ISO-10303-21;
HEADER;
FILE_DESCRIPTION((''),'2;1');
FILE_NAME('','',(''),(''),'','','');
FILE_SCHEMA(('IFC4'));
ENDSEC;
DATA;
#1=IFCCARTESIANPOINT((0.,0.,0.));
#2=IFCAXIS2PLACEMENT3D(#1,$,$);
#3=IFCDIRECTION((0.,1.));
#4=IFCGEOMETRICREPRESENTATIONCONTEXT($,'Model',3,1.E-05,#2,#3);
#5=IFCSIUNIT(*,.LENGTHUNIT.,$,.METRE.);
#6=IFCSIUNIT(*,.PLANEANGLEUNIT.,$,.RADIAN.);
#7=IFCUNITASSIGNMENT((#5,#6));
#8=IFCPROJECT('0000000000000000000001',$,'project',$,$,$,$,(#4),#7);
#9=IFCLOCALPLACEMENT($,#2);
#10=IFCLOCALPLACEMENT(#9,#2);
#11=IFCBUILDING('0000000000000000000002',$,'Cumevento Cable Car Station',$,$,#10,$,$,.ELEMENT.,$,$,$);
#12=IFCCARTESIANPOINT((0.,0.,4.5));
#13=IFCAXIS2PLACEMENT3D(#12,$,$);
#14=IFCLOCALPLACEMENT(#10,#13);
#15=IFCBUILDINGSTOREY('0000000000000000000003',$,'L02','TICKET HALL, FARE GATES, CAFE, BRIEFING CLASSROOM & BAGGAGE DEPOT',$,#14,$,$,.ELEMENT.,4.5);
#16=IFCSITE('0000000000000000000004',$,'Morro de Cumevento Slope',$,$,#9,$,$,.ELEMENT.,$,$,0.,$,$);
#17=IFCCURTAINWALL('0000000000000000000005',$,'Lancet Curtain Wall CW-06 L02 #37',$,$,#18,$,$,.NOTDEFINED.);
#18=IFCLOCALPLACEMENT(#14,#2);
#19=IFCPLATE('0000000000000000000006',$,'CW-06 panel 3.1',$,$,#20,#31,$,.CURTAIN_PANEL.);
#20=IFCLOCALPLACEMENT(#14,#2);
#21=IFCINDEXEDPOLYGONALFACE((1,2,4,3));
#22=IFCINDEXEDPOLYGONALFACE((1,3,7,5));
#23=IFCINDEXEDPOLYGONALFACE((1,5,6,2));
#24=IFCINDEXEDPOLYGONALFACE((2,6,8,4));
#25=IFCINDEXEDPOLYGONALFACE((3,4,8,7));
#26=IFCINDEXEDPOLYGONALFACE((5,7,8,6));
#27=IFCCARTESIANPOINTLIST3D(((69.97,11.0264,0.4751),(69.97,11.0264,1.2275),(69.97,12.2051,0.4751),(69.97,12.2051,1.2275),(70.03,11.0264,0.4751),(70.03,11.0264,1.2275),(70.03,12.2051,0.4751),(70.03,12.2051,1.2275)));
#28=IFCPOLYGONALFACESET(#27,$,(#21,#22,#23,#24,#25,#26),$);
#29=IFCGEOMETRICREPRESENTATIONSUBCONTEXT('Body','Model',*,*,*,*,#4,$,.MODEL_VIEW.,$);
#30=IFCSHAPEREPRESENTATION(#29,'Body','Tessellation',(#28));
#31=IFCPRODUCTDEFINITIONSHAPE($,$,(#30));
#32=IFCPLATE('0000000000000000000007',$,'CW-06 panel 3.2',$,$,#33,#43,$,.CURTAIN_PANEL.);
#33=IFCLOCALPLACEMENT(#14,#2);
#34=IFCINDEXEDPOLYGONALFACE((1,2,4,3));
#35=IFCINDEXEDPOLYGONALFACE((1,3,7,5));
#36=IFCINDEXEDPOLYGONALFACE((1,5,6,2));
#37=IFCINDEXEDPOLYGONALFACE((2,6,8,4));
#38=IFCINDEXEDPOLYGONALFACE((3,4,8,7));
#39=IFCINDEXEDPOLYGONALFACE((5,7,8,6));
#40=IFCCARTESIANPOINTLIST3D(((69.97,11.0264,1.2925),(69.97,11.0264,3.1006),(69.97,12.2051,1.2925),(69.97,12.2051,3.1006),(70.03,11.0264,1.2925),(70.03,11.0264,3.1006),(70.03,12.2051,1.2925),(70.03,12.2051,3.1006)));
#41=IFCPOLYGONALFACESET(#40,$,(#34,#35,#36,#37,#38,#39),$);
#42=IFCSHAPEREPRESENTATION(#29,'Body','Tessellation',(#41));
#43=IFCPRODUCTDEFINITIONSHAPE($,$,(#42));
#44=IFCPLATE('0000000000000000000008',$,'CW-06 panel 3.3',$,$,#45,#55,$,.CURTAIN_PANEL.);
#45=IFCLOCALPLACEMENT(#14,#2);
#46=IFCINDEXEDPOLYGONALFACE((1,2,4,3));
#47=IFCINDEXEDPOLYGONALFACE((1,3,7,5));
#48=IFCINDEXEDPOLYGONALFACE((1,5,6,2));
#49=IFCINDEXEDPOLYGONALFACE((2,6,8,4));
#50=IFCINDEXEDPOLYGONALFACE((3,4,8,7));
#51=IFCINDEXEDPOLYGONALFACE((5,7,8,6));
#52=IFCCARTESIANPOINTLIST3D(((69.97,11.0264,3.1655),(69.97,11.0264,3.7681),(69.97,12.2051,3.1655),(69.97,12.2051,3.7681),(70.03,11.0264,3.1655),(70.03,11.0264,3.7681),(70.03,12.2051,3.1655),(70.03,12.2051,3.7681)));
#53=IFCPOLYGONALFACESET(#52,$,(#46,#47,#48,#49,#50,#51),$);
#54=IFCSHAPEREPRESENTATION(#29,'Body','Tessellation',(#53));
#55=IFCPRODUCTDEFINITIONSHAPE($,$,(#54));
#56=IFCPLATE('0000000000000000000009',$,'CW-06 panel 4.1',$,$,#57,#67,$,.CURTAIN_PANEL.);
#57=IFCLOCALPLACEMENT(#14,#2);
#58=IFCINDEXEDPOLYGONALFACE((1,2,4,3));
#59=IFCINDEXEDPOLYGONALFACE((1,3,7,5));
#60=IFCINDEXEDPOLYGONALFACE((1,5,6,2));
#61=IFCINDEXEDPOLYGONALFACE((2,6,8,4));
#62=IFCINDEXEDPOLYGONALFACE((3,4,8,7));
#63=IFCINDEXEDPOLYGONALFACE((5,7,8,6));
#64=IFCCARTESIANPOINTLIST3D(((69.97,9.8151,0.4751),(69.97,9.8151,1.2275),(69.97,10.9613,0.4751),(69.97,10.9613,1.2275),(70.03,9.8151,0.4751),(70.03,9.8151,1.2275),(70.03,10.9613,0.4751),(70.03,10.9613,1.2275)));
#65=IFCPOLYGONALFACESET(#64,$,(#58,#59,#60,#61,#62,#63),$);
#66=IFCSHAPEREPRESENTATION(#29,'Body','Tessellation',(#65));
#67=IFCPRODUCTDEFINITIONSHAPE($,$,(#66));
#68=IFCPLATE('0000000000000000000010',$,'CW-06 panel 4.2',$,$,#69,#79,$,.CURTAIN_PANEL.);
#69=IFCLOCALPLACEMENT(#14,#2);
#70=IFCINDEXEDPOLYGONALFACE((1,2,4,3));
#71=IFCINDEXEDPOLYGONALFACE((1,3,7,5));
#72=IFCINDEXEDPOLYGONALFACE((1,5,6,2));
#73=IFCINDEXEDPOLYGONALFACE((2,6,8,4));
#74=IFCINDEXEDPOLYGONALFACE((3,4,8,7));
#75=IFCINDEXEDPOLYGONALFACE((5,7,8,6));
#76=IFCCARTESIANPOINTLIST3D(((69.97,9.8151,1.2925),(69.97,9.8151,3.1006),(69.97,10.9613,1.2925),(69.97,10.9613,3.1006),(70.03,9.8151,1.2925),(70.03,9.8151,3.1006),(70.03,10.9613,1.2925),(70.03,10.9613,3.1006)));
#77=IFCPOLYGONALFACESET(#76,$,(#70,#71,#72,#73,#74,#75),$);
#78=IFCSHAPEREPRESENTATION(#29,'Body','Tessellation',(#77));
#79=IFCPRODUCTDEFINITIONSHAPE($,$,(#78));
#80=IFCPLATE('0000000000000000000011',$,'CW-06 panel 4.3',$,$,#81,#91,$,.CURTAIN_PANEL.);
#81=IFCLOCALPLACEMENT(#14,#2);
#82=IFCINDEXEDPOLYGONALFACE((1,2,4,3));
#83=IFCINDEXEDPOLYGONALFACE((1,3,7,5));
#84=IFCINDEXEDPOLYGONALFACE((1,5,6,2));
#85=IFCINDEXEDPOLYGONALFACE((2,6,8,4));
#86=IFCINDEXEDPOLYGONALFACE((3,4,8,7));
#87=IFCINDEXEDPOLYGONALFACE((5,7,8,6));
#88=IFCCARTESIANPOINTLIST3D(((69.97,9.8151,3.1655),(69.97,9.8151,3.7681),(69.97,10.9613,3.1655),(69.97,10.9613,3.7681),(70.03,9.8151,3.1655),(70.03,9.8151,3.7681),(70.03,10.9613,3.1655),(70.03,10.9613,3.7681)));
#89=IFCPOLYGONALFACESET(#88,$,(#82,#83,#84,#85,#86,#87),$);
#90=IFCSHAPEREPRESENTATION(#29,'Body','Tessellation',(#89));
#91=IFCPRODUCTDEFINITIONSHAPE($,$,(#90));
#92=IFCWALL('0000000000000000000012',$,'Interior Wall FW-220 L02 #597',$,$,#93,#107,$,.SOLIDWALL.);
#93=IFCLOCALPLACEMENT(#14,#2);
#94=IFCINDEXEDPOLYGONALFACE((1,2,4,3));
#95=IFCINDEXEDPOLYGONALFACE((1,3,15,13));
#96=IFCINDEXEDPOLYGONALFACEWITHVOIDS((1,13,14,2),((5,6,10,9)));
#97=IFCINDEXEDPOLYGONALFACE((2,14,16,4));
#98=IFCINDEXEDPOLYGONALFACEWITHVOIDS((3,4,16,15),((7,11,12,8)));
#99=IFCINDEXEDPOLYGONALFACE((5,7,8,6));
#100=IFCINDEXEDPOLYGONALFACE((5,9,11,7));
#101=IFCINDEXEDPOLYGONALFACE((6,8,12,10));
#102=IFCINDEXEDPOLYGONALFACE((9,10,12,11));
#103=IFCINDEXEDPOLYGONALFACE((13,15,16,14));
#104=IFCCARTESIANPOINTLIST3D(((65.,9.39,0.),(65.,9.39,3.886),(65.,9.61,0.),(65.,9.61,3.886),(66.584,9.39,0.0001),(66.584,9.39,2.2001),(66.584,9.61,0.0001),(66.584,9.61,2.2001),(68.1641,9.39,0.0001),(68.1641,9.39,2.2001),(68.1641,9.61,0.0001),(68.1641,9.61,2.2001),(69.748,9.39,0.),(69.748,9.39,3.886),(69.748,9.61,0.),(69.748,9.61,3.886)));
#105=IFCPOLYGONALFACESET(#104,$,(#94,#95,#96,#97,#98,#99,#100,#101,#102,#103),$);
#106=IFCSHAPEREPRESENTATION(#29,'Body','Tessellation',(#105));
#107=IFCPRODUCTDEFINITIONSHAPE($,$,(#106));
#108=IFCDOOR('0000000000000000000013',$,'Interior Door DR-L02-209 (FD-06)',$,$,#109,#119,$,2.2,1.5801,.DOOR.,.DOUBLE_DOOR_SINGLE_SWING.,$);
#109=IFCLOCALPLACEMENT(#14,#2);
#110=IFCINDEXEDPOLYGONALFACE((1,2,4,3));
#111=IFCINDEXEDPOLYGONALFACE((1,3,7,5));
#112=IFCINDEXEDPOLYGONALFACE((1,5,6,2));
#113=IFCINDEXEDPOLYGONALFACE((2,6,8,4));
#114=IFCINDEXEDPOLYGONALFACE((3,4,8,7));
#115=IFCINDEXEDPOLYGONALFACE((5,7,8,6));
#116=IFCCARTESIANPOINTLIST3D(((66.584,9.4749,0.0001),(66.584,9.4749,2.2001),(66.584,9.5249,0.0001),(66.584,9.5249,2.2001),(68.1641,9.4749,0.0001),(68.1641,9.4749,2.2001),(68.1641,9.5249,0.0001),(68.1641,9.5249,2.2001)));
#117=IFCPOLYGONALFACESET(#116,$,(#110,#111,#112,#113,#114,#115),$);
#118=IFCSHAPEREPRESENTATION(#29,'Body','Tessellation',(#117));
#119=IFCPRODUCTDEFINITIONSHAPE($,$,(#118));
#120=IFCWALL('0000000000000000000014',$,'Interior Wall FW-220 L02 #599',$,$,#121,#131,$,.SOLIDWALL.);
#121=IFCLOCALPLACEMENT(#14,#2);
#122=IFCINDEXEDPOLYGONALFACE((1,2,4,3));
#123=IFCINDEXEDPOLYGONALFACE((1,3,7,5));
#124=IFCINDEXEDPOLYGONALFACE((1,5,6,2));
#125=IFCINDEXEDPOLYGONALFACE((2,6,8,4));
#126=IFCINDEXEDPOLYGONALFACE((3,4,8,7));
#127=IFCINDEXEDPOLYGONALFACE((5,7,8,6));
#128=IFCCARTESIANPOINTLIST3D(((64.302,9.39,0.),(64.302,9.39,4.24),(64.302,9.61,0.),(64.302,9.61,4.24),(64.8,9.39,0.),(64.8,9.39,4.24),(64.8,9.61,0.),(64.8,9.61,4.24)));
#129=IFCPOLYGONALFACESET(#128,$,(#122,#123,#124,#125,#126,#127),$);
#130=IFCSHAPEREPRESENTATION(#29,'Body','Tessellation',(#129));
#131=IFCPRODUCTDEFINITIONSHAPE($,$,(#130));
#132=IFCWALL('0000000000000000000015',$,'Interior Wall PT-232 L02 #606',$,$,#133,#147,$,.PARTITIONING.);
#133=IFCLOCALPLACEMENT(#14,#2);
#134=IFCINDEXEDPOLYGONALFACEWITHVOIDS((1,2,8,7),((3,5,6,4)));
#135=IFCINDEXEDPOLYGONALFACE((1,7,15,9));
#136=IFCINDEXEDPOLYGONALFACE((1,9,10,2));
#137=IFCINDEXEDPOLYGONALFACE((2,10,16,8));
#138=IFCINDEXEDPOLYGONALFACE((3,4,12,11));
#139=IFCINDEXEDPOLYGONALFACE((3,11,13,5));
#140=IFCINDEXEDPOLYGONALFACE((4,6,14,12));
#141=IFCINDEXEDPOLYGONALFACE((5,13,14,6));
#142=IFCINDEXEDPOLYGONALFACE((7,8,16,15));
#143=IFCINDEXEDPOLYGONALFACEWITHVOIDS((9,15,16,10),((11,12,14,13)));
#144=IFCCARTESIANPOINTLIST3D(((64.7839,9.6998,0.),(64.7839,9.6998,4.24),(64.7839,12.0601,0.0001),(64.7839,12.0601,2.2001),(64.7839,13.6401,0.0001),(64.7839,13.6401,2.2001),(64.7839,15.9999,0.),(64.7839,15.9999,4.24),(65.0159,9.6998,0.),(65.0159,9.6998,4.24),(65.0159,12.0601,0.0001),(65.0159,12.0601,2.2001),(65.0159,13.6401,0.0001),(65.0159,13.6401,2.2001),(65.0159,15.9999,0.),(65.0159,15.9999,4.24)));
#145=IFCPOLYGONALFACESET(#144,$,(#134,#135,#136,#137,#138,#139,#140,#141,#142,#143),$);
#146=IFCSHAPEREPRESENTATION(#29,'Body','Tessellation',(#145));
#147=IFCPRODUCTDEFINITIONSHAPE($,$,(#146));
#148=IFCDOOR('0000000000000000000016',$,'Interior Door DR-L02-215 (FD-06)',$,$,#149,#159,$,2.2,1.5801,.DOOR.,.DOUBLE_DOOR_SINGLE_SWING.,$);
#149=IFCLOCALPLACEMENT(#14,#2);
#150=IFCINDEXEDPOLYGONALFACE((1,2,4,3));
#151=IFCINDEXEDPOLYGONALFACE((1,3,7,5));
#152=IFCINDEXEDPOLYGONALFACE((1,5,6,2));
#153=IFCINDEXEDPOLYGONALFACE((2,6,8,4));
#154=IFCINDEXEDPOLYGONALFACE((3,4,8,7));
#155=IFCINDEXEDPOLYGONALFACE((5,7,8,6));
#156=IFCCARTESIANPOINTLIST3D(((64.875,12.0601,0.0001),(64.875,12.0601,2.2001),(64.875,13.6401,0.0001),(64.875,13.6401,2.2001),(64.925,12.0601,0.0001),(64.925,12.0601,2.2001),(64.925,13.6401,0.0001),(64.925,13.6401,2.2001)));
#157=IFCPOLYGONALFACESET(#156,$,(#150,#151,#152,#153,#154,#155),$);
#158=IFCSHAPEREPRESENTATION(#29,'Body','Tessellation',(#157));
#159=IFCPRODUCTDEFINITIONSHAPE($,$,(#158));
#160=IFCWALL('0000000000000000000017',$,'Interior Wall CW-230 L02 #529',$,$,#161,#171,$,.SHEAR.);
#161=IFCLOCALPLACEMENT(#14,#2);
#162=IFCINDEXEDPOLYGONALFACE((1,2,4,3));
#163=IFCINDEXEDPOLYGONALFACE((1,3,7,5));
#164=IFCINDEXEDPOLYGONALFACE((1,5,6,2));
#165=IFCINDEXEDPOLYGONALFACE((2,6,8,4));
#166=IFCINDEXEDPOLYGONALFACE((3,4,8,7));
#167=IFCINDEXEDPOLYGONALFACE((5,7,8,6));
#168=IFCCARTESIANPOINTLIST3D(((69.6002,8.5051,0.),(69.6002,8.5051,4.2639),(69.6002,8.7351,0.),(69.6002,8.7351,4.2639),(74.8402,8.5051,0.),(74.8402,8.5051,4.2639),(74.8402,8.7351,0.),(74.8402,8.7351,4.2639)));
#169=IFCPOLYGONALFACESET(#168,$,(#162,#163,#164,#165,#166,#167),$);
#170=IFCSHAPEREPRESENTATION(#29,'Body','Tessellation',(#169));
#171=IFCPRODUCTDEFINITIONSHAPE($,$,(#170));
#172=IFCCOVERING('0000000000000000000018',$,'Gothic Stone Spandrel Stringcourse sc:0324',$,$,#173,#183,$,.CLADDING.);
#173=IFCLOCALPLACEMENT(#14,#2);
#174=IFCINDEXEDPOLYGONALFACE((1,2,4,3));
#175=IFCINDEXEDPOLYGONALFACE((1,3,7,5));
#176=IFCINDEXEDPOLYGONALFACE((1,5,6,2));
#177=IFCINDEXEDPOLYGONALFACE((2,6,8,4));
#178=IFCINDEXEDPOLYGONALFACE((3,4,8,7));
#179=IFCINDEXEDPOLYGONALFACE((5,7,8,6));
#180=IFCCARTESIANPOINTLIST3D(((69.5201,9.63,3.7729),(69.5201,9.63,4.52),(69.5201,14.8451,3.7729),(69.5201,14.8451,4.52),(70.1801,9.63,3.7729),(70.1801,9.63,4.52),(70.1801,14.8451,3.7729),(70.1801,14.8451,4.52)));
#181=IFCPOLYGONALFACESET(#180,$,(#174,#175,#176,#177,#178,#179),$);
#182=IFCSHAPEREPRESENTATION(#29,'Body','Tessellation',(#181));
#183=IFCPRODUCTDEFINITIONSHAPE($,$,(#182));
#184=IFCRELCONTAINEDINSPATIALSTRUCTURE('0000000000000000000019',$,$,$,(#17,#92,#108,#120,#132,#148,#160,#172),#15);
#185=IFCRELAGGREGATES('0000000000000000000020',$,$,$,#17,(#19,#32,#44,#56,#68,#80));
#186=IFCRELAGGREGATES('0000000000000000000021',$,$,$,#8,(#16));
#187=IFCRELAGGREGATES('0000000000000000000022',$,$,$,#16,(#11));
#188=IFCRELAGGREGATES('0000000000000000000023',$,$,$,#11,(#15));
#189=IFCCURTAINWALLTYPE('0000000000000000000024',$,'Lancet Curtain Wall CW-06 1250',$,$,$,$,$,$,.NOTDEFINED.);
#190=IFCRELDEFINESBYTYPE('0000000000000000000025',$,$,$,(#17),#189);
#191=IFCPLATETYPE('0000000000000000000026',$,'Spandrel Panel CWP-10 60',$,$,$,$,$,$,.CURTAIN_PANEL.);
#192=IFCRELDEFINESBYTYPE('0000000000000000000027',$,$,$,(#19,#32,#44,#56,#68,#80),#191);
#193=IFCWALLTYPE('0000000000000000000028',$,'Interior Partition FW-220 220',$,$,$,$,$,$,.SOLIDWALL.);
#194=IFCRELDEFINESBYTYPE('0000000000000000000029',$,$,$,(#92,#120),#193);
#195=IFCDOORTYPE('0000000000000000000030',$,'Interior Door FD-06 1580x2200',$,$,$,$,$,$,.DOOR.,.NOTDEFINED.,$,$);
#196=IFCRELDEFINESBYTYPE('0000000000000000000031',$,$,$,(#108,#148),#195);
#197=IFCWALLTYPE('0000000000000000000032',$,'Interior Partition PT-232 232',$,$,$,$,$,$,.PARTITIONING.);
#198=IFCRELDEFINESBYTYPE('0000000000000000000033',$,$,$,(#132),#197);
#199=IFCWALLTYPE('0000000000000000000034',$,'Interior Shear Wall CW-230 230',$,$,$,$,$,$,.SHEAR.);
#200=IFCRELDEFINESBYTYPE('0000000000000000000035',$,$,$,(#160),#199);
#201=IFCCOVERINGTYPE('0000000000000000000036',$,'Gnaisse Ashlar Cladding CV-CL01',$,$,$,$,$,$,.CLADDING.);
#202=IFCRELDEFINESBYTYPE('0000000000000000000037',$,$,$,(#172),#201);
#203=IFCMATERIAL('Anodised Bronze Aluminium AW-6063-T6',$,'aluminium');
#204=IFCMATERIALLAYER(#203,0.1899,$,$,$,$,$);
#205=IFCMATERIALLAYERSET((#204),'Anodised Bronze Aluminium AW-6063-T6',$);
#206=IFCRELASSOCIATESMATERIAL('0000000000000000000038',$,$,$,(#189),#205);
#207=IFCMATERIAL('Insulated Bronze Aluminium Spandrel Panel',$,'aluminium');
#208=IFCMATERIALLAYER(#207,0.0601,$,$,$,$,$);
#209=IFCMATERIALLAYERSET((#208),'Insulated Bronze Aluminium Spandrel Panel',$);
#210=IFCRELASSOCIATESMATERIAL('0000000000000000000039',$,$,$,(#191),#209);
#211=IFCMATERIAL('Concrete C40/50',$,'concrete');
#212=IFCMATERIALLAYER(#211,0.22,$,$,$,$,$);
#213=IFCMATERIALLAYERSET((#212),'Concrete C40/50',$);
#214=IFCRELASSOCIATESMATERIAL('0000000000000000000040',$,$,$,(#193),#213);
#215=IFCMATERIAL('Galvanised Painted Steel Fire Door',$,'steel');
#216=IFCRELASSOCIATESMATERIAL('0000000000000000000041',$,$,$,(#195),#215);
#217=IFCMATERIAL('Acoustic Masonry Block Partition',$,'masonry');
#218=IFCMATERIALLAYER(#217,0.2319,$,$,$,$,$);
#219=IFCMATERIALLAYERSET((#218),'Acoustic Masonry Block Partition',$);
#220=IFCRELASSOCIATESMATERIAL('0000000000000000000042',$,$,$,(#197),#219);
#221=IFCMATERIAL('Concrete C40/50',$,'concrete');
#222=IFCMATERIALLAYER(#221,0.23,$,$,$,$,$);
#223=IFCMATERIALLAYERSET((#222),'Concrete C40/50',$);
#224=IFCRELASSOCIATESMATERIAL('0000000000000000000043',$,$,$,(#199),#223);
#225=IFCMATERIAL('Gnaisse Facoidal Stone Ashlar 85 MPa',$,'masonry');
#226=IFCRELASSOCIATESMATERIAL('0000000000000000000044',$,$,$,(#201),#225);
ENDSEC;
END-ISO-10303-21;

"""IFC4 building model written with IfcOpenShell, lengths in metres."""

from ifc_helpers import new_model, si_unit, direction, frame, frame_2d, origin, origin_2d, place, context, subcontext, project, spatial, rectangle, extrude, material, layer, layer_set, type_object, element, fill, aggregate, save


model = new_model("IFC4")

# Units and contexts
model_context = context("Model", 3, precision=1e-05, world=origin(), true_north=direction((0.0, 1.0)))
body_context = subcontext(model_context, "Body", "Model", "MODEL_VIEW")
ifc_project = project(units=[si_unit("LENGTHUNIT", "METRE"), si_unit("PLANEANGLEUNIT", "RADIAN")], contexts=[model_context])

# Site, building, storey
site_placement = place(None, origin())
site = spatial("IfcSite", under=ifc_project, at=site_placement, Name="Morro de Cumevento Slope", CompositionType="ELEMENT", RefElevation=0.0)
building_placement = place(site_placement, origin())
building = spatial("IfcBuilding", under=site, at=building_placement, Name="Cumevento Cable Car Station", CompositionType="ELEMENT")
storey_placement = place(building_placement, frame((0.0, 0.0, 4.5)))
storey = spatial("IfcBuildingStorey", under=building, at=storey_placement, Name="L02", Description="TICKET HALL, FARE GATES, CAFE, BRIEFING CLASSROOM & BAGGAGE DEPOT", CompositionType="ELEMENT", Elevation=4.5)

# Curtain wall
ifc_material_1 = material(Name="Anodised Bronze Aluminium AW-6063-T6", Category="aluminium")
ifc_layer_1 = layer(ifc_material_1, 0.1899)
ifc_layer_set_1 = layer_set([ifc_layer_1], Name="Anodised Bronze Aluminium AW-6063-T6")
curtain_wall_type = type_object("IfcCurtainWallType", Name="Lancet Curtain Wall CW-06 1250", PredefinedType="NOTDEFINED", material=ifc_layer_set_1)
curtain_wall_placement = place(storey_placement, origin())
curtain_wall = element("IfcCurtainWall", 1, at=curtain_wall_placement, inside=storey, type_object=curtain_wall_type, Name="Lancet Curtain Wall CW-06 L02 #37", PredefinedType="NOTDEFINED")

# Plates
ifc_material_2 = material(Name="Insulated Bronze Aluminium Spandrel Panel", Category="aluminium")
ifc_layer_2 = layer(ifc_material_2, 0.0601)
ifc_layer_set_2 = layer_set([ifc_layer_2], Name="Insulated Bronze Aluminium Spandrel Panel")
plate_type = type_object("IfcPlateType", Name="Spandrel Panel CWP-10 60", PredefinedType="CURTAIN_PANEL", material=ifc_layer_set_2)
plate_1_placement = place(storey_placement, frame((70.0, 11.6157, 0.4751), z_axis=(0.0, 0.0, 1.0), x_axis=(0.0, -1.0, 0.0)))
plate_1 = element("IfcPlate", 2, at=plate_1_placement, type_object=plate_type, Name="CW-06 panel 3.1", PredefinedType="CURTAIN_PANEL", context=body_context, shape_type="SweptSolid", body=[
    extrude(rectangle(XDim=1.1787, YDim=0.0601, at=origin_2d()), origin(), (0.0, 0.0, 1.0), 0.7524),
])
plate_2_placement = place(storey_placement, frame((70.0, 11.6157, 1.2925), z_axis=(0.0, 0.0, 1.0), x_axis=(0.0, -1.0, 0.0)))
plate_2 = element("IfcPlate", 3, at=plate_2_placement, type_object=plate_type, Name="CW-06 panel 3.2", PredefinedType="CURTAIN_PANEL", context=body_context, shape_type="SweptSolid", body=[
    extrude(rectangle(XDim=1.1787, YDim=0.0601, at=origin_2d()), origin(), (0.0, 0.0, 1.0), 1.8081),
])
plate_3_placement = place(storey_placement, frame((70.0, 11.6157, 3.1655), z_axis=(0.0, 0.0, 1.0), x_axis=(0.0, -1.0, 0.0)))
plate_3 = element("IfcPlate", 4, at=plate_3_placement, type_object=plate_type, Name="CW-06 panel 3.3", PredefinedType="CURTAIN_PANEL", context=body_context, shape_type="SweptSolid", body=[
    extrude(rectangle(XDim=1.1787, YDim=0.0601, at=origin_2d()), origin(), (0.0, 0.0, 1.0), 0.6025),
])
plate_4_placement = place(storey_placement, frame((70.0, 10.3882, 0.4751), z_axis=(0.0, 0.0, 1.0), x_axis=(0.0, -1.0, 0.0)))
plate_4 = element("IfcPlate", 5, at=plate_4_placement, type_object=plate_type, Name="CW-06 panel 4.1", PredefinedType="CURTAIN_PANEL", context=body_context, shape_type="SweptSolid", body=[
    extrude(rectangle(XDim=1.1462, YDim=0.0601, at=origin_2d()), origin(), (0.0, 0.0, 1.0), 0.7524),
])
plate_5_placement = place(storey_placement, frame((70.0, 10.3882, 1.2925), z_axis=(0.0, 0.0, 1.0), x_axis=(0.0, -1.0, 0.0)))
plate_5 = element("IfcPlate", 6, at=plate_5_placement, type_object=plate_type, Name="CW-06 panel 4.2", PredefinedType="CURTAIN_PANEL", context=body_context, shape_type="SweptSolid", body=[
    extrude(rectangle(XDim=1.1462, YDim=0.0601, at=origin_2d()), origin(), (0.0, 0.0, 1.0), 1.8081),
])
plate_6_placement = place(storey_placement, frame((70.0, 10.3882, 3.1655), z_axis=(0.0, 0.0, 1.0), x_axis=(0.0, -1.0, 0.0)))
plate_6 = element("IfcPlate", 7, at=plate_6_placement, type_object=plate_type, Name="CW-06 panel 4.3", PredefinedType="CURTAIN_PANEL", context=body_context, shape_type="SweptSolid", body=[
    extrude(rectangle(XDim=1.1462, YDim=0.0601, at=origin_2d()), origin(), (0.0, 0.0, 1.0), 0.6025),
])
aggregate(curtain_wall, [plate_1, plate_2, plate_3, plate_4, plate_5, plate_6])

# Wall, opening, door
ifc_material_3 = material(Name="Concrete C40/50", Category="concrete")
ifc_layer_3 = layer(ifc_material_3, 0.22)
ifc_layer_set_3 = layer_set([ifc_layer_3], Name="Concrete C40/50")
wall_type_1 = type_object("IfcWallType", Name="Interior Partition FW-220 220", PredefinedType="SOLIDWALL", material=ifc_layer_set_3)
wall_1_placement = place(storey_placement, frame((65.0, 9.5, 0.0), z_axis=(0.0, 0.0, 1.0), x_axis=(1.0, 0.0, 0.0)))
wall_1 = element("IfcWall", 8, at=wall_1_placement, inside=storey, type_object=wall_type_1, Name="Interior Wall FW-220 L02 #597", PredefinedType="SOLIDWALL", context=body_context, shape_type="SweptSolid", body=[
    extrude(rectangle(XDim=4.748, YDim=0.22, at=frame_2d((2.374, 0.0))), origin(), (0.0, 0.0, 1.0), 3.886),
])
opening_1_placement = place(wall_1_placement, frame((1.584, 0.0, 0.0)))
opening_1 = element("IfcOpeningElement", 9, at=opening_1_placement, cuts=wall_1, PredefinedType="OPENING", context=body_context, shape_type="SweptSolid", body=[
    extrude(rectangle(XDim=1.5801, YDim=2.2, at=frame_2d((0.79, 1.1001))), frame((0.0, 0.1199, 0.0), z_axis=(0.0, -1.0, 0.0), x_axis=(1.0, 0.0, 0.0)), (0.0, 0.0, 1.0), 0.24),
])
ifc_material_4 = material(Name="Galvanised Painted Steel Fire Door", Category="steel")
door_type = type_object("IfcDoorType", Name="Interior Door FD-06 1580x2200", OperationType="NOTDEFINED", PredefinedType="DOOR", material=ifc_material_4)
door_1_placement = place(opening_1_placement, origin())
door_1 = element("IfcDoor", 10, at=door_1_placement, inside=storey, type_object=door_type, Name="Interior Door DR-L02-209 (FD-06)", OperationType="DOUBLE_DOOR_SINGLE_SWING", OverallHeight=2.2, OverallWidth=1.5801, PredefinedType="DOOR", context=body_context, shape_type="SweptSolid", body=[
    extrude(rectangle(XDim=1.5801, YDim=2.2, at=frame_2d((0.79, 1.1001))), frame((0.0, 0.0249, 0.0), z_axis=(0.0, -1.0, 0.0), x_axis=(1.0, 0.0, 0.0)), (0.0, 0.0, 1.0), 0.05),
])
fill(opening_1, door_1)

# Wall
wall_2_placement = place(storey_placement, frame((64.302, 9.5, 0.0), z_axis=(0.0, 0.0, 1.0), x_axis=(1.0, 0.0, 0.0)))
element("IfcWall", 11, at=wall_2_placement, inside=storey, type_object=wall_type_1, Name="Interior Wall FW-220 L02 #599", PredefinedType="SOLIDWALL", context=body_context, shape_type="SweptSolid", body=[
    extrude(rectangle(XDim=0.498, YDim=0.22, at=frame_2d((0.249, 0.0))), origin(), (0.0, 0.0, 1.0), 4.24),
])

# Wall, opening, door
ifc_material_5 = material(Name="Acoustic Masonry Block Partition", Category="masonry")
ifc_layer_4 = layer(ifc_material_5, 0.2319)
ifc_layer_set_4 = layer_set([ifc_layer_4], Name="Acoustic Masonry Block Partition")
wall_type_2 = type_object("IfcWallType", Name="Interior Partition PT-232 232", PredefinedType="PARTITIONING", material=ifc_layer_set_4)
wall_3_placement = place(storey_placement, frame((64.8999, 9.7, 0.0), z_axis=(0.0, 0.0, 1.0), x_axis=(0.0, 1.0, 0.0)))
wall_3 = element("IfcWall", 12, at=wall_3_placement, inside=storey, type_object=wall_type_2, Name="Interior Wall PT-232 L02 #606", PredefinedType="PARTITIONING", context=body_context, shape_type="SweptSolid", body=[
    extrude(rectangle(XDim=6.3, YDim=0.2319, at=frame_2d((3.1499, 0.0))), origin(), (0.0, 0.0, 1.0), 4.24),
])
opening_2_placement = place(wall_3_placement, frame((2.3601, 0.0, 0.0)))
opening_2 = element("IfcOpeningElement", 13, at=opening_2_placement, cuts=wall_3, PredefinedType="OPENING", context=body_context, shape_type="SweptSolid", body=[
    extrude(rectangle(XDim=1.5801, YDim=2.2, at=frame_2d((0.79, 1.1001))), frame((0.0, 0.126, 0.0), z_axis=(0.0, -1.0, 0.0), x_axis=(1.0, 0.0, 0.0)), (0.0, 0.0, 1.0), 0.252),
])
door_2_placement = place(opening_2_placement, origin())
door_2 = element("IfcDoor", 14, at=door_2_placement, inside=storey, type_object=door_type, Name="Interior Door DR-L02-215 (FD-06)", OperationType="DOUBLE_DOOR_SINGLE_SWING", OverallHeight=2.2, OverallWidth=1.5801, PredefinedType="DOOR", context=body_context, shape_type="SweptSolid", body=[
    extrude(rectangle(XDim=1.5801, YDim=2.2, at=frame_2d((0.79, 1.1001))), frame((0.0, 0.0249, 0.0), z_axis=(0.0, -1.0, 0.0), x_axis=(1.0, 0.0, 0.0)), (0.0, 0.0, 1.0), 0.05),
])
fill(opening_2, door_2)

# Wall
ifc_material_6 = material(Name="Concrete C40/50", Category="concrete")
ifc_layer_5 = layer(ifc_material_6, 0.23)
ifc_layer_set_5 = layer_set([ifc_layer_5], Name="Concrete C40/50")
wall_type_3 = type_object("IfcWallType", Name="Interior Shear Wall CW-230 230", PredefinedType="SHEAR", material=ifc_layer_set_5)
wall_4_placement = place(storey_placement, frame((69.6001, 8.6201, 0.0), z_axis=(0.0, 0.0, 1.0), x_axis=(1.0, 0.0, 0.0)))
element("IfcWall", 15, at=wall_4_placement, inside=storey, type_object=wall_type_3, Name="Interior Wall CW-230 L02 #529", PredefinedType="SHEAR", context=body_context, shape_type="SweptSolid", body=[
    extrude(rectangle(XDim=5.24, YDim=0.23, at=frame_2d((2.6201, 0.0))), origin(), (0.0, 0.0, 1.0), 4.2639),
])

# Covering
ifc_material_7 = material(Name="Gnaisse Facoidal Stone Ashlar 85 MPa", Category="masonry")
covering_type = type_object("IfcCoveringType", Name="Gnaisse Ashlar Cladding CV-CL01", PredefinedType="CLADDING", material=ifc_material_7)
covering_1_placement = place(storey_placement, frame((69.8501, 12.2375, 3.7729), z_axis=(0.0, 0.0, 1.0), x_axis=(0.0, -1.0, 0.0)))
element("IfcCovering", 16, at=covering_1_placement, inside=storey, type_object=covering_type, Name="Gothic Stone Spandrel Stringcourse sc:0324", PredefinedType="CLADDING", context=body_context, shape_type="SweptSolid", body=[
    extrude(rectangle(XDim=5.2151, YDim=0.6599, at=origin_2d()), origin(), (0.0, 0.0, 1.0), 0.7471),
])

save(model, "model.ifc")
